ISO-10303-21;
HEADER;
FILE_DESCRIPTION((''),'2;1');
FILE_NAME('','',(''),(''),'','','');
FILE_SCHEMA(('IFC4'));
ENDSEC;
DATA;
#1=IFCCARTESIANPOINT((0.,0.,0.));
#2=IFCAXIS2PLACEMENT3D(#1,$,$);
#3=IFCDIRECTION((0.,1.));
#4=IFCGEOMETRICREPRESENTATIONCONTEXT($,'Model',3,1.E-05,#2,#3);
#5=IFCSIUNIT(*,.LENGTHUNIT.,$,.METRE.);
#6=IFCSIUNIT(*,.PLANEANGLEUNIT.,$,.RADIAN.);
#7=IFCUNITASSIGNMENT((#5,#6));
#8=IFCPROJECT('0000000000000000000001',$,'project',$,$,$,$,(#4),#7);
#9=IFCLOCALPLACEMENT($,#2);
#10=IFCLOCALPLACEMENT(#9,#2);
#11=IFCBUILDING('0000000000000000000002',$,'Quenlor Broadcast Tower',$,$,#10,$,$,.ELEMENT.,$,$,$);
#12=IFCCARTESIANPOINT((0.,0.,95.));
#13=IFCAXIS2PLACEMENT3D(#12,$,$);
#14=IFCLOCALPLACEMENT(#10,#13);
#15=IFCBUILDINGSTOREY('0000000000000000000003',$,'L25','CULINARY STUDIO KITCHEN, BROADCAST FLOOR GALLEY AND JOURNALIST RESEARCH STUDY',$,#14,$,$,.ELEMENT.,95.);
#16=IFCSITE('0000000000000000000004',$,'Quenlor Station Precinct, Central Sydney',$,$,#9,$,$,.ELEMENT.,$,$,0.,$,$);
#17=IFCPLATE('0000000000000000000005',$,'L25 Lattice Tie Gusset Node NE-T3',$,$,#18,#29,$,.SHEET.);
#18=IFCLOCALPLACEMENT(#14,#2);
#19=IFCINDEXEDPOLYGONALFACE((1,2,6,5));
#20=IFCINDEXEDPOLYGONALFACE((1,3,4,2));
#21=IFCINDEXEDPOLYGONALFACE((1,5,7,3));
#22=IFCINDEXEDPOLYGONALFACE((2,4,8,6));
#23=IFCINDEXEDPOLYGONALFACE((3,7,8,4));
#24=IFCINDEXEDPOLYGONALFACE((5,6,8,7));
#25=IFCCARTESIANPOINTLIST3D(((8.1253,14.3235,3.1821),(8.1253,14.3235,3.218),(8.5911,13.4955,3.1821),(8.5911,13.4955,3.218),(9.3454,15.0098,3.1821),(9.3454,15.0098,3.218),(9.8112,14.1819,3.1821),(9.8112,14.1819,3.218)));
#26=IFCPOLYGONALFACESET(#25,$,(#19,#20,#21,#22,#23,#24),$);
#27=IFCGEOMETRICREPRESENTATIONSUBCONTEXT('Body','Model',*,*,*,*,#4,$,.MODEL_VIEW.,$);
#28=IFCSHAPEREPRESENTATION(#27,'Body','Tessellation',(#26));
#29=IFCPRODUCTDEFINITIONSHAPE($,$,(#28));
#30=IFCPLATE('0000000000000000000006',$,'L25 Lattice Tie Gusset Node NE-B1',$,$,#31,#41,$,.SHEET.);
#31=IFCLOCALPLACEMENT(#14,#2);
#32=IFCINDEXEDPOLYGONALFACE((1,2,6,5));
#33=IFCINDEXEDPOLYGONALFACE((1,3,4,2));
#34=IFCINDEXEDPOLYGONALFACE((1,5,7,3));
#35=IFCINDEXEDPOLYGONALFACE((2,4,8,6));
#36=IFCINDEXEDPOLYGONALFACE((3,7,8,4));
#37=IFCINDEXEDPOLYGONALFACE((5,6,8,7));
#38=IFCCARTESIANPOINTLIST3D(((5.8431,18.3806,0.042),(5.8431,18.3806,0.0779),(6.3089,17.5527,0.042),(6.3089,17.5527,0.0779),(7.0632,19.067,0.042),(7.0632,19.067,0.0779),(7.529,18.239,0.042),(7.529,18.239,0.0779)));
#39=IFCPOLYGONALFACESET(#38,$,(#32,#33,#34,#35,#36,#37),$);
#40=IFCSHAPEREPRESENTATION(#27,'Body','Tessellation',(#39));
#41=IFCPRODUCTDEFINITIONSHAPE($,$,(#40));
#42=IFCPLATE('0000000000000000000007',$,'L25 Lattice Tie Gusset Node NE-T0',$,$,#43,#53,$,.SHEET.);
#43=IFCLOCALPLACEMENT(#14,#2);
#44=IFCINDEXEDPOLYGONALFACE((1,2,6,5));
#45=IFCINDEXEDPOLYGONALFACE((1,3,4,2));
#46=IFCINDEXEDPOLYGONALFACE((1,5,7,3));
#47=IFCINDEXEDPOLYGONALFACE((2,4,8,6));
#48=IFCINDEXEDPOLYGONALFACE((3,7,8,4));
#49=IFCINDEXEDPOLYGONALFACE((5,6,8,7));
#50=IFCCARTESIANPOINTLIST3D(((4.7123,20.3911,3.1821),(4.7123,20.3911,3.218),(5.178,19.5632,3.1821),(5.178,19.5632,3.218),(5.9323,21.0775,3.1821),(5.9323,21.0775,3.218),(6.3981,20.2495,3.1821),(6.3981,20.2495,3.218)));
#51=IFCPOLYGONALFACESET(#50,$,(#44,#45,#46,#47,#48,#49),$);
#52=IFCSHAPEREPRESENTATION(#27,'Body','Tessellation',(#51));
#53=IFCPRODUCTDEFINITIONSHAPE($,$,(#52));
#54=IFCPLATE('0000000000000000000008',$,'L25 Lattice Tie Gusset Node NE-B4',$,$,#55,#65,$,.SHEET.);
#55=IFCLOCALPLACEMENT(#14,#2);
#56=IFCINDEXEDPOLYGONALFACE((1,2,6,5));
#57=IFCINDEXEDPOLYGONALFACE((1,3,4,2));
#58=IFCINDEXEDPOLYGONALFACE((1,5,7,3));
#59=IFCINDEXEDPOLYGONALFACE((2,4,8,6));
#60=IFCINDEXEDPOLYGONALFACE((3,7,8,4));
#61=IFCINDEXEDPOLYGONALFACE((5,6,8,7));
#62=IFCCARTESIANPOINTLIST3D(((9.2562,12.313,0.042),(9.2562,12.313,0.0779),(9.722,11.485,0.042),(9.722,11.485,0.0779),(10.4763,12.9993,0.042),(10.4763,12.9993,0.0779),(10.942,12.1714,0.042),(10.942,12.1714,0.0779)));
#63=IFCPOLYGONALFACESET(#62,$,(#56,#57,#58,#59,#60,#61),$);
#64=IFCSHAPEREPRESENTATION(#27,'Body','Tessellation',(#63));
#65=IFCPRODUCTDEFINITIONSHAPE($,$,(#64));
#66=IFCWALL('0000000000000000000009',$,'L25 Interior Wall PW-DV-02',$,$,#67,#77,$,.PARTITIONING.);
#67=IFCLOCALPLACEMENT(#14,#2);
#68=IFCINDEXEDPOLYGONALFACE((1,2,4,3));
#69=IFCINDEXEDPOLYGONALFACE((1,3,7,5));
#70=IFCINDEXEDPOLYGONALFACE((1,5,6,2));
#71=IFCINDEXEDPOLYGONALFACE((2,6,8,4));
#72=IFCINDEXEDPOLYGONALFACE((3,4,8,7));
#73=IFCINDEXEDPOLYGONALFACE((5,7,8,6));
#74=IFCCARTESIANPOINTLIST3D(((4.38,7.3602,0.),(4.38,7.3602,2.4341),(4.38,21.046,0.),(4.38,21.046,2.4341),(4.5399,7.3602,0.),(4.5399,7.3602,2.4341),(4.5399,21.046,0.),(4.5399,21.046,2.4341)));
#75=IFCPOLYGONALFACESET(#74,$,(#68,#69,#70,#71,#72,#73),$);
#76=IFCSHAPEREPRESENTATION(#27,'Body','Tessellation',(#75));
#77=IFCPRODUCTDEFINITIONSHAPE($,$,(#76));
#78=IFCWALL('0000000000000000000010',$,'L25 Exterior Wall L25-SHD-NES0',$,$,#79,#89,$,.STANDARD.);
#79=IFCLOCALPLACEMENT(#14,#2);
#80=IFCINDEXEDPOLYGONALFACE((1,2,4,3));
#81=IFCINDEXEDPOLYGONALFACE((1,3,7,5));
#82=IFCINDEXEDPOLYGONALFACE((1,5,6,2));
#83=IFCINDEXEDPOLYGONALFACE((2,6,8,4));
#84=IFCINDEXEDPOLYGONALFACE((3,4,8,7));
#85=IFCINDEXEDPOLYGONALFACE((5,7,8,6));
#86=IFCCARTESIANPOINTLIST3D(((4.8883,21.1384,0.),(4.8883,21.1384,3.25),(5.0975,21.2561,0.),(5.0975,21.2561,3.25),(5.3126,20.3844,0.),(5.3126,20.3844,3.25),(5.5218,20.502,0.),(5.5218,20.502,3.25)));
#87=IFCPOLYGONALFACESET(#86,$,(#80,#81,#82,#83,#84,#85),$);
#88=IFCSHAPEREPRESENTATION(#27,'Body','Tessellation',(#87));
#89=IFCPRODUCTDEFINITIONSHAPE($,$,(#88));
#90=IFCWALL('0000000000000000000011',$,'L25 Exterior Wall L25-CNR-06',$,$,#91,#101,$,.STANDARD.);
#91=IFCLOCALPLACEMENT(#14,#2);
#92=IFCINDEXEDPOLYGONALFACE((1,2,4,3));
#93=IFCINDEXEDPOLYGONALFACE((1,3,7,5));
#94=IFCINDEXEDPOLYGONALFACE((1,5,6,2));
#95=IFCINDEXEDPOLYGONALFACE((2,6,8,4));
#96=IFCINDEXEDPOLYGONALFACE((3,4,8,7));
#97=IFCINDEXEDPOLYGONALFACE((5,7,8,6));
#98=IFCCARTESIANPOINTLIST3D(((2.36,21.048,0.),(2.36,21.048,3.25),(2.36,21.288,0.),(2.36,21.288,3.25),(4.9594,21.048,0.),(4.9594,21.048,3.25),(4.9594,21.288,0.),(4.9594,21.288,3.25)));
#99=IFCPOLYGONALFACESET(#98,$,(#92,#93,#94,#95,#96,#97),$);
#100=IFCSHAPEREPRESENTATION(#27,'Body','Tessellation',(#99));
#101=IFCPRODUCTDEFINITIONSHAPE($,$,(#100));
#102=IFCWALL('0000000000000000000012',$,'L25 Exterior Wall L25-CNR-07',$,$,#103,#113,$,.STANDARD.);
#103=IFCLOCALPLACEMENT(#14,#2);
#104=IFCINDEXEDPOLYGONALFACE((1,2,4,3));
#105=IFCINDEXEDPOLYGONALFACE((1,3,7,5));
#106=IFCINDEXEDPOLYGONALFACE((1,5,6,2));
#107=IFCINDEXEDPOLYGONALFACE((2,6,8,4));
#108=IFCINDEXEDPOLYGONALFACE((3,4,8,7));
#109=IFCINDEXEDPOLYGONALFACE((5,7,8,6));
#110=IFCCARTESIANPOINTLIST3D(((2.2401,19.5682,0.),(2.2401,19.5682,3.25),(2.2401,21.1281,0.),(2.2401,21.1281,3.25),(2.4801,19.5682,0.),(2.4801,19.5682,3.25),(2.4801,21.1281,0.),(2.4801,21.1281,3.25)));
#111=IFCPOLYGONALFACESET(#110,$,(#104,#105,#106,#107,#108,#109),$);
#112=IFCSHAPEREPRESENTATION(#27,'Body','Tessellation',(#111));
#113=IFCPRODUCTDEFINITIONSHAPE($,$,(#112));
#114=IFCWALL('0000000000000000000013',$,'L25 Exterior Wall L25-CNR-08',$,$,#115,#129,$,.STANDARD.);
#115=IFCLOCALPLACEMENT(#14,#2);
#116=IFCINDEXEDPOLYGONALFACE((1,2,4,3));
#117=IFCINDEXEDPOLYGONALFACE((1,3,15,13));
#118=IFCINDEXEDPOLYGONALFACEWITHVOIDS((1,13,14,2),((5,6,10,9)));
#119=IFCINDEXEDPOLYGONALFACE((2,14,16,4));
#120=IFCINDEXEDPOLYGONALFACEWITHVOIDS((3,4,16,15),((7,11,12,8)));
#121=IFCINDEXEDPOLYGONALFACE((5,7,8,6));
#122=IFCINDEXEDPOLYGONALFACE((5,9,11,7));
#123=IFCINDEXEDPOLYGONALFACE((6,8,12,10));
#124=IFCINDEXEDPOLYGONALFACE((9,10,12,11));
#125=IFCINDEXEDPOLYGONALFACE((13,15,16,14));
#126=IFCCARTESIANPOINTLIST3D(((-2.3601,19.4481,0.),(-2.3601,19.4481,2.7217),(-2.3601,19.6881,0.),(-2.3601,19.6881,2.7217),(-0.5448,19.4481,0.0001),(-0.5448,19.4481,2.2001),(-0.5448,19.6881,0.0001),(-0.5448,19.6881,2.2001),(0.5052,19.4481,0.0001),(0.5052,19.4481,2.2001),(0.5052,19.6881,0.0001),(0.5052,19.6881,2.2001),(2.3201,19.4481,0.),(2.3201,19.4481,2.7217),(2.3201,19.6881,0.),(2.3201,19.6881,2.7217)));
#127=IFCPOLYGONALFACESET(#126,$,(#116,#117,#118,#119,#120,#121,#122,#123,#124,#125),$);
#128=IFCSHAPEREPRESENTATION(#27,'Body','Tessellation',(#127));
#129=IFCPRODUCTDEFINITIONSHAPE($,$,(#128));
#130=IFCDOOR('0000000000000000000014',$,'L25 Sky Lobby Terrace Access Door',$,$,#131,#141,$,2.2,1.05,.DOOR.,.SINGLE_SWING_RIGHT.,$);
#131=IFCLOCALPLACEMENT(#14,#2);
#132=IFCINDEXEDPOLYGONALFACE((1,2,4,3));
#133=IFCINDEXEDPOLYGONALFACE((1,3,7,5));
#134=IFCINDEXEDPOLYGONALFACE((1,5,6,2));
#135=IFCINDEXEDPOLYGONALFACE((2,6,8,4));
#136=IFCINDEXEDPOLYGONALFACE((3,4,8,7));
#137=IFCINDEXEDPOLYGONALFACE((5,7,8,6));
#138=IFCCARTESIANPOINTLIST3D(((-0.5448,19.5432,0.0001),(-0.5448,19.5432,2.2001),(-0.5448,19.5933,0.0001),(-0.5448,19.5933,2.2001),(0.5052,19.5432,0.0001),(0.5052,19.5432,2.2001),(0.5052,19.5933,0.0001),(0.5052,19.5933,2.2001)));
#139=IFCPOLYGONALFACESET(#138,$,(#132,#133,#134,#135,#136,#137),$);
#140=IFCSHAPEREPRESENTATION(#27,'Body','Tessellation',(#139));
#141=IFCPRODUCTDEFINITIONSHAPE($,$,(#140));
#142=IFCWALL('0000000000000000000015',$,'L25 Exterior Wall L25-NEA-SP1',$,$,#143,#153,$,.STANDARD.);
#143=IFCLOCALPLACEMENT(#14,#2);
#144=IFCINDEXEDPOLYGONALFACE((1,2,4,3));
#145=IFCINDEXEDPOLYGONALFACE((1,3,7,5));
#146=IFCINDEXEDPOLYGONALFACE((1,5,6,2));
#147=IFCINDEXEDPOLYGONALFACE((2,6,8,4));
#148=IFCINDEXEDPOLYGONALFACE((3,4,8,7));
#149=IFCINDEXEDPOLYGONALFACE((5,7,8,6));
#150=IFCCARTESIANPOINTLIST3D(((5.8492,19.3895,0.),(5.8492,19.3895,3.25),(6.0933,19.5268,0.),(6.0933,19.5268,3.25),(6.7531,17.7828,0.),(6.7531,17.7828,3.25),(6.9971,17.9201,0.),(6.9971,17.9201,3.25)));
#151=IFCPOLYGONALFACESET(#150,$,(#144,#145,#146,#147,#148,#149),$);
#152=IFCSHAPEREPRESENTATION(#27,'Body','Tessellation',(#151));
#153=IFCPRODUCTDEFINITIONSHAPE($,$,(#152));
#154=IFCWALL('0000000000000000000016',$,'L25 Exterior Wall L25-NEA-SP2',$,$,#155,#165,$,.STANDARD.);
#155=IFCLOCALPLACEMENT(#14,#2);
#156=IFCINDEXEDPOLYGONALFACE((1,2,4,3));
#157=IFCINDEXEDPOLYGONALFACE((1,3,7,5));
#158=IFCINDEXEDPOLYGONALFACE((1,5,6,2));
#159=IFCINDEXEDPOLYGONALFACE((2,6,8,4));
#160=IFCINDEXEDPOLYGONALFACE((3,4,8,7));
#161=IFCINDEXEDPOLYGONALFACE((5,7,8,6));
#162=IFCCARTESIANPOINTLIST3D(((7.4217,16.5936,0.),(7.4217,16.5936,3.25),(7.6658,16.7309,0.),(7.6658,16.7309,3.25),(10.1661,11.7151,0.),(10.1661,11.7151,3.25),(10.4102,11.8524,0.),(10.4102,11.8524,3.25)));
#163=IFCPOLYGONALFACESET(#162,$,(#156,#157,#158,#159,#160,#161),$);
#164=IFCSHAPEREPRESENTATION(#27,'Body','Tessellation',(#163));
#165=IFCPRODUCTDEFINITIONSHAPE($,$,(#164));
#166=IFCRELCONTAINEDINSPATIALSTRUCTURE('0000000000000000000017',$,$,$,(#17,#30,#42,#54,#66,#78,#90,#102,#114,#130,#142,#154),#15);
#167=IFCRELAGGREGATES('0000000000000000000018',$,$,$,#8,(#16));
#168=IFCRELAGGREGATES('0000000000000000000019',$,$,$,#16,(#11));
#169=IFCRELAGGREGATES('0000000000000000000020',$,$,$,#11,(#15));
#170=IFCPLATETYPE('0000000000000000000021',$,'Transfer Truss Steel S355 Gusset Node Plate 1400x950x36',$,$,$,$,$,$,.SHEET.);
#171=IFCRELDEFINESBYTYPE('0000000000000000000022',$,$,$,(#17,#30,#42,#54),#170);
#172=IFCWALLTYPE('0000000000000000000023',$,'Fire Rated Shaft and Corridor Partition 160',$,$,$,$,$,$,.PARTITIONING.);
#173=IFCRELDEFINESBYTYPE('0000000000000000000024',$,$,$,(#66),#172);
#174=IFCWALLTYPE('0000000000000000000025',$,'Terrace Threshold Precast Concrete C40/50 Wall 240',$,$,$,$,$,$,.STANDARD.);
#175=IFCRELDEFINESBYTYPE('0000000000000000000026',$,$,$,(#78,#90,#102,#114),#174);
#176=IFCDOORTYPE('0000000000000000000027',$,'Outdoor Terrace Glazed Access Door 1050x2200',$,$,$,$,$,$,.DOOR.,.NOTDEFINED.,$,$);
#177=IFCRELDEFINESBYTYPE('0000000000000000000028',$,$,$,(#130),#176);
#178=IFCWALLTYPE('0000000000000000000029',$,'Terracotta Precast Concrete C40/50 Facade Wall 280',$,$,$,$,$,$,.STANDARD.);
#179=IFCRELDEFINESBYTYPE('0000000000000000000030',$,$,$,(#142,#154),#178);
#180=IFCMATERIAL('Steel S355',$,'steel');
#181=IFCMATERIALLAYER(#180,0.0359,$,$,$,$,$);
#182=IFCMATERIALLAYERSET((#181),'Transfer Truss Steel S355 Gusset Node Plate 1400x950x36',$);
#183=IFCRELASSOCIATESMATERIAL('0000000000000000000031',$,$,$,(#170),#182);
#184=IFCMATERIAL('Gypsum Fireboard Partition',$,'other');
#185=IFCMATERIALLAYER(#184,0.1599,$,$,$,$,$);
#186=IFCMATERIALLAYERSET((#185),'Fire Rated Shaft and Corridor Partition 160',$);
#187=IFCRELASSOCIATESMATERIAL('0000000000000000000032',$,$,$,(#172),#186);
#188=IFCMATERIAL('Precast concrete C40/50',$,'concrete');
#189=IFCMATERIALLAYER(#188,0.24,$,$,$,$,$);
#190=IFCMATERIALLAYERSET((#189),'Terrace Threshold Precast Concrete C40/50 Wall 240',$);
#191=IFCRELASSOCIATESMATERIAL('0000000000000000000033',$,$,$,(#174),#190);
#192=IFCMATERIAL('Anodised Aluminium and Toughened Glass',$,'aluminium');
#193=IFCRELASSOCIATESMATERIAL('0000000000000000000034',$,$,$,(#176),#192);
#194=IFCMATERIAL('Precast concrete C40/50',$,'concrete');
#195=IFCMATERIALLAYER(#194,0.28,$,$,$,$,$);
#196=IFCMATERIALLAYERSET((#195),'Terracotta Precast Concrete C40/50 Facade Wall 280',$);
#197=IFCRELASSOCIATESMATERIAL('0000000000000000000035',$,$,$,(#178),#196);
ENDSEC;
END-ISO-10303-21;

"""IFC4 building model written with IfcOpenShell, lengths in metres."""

from ifc_helpers import new_model, si_unit, direction, frame, frame_2d, origin, origin_2d, place, context, subcontext, project, spatial, rectangle, extrude, material, layer, layer_set, type_object, element, fill, save


model = new_model("IFC4")

# Units and contexts
model_context = context("Model", 3, precision=1e-05, world=origin(), true_north=direction((0.0, 1.0)))
body_context = subcontext(model_context, "Body", "Model", "MODEL_VIEW")
ifc_project = project(units=[si_unit("LENGTHUNIT", "METRE"), si_unit("PLANEANGLEUNIT", "RADIAN")], contexts=[model_context])

# Site, building, storey
site_placement = place(None, origin())
site = spatial("IfcSite", under=ifc_project, at=site_placement, Name="Quenlor Station Precinct, Central Sydney", CompositionType="ELEMENT", RefElevation=0.0)
building_placement = place(site_placement, origin())
building = spatial("IfcBuilding", under=site, at=building_placement, Name="Quenlor Broadcast Tower", CompositionType="ELEMENT")
storey_placement = place(building_placement, frame((0.0, 0.0, 95.0)))
storey = spatial("IfcBuildingStorey", under=building, at=storey_placement, Name="L25", Description="CULINARY STUDIO KITCHEN, BROADCAST FLOOR GALLEY AND JOURNALIST RESEARCH STUDY", CompositionType="ELEMENT", Elevation=95.0)

# Plates
ifc_material_1 = material(Name="Steel S355", Category="steel")
ifc_layer_1 = layer(ifc_material_1, 0.0359)
ifc_layer_set_1 = layer_set([ifc_layer_1], Name="Transfer Truss Steel S355 Gusset Node Plate 1400x950x36")
plate_type_1 = type_object("IfcPlateType", Name="Transfer Truss Steel S355 Gusset Node Plate 1400x950x36", PredefinedType="SHEET", material=ifc_layer_set_1)
for number, where, z_axis, x_axis, name in (
    (1, (8.9683, 14.2527, 3.1821), (0.0, 0.0, 1.0), (0.871556, 0.490295, 0.0), "L25 Lattice Tie Gusset Node NE-T3"),
    (2, (6.686, 18.3098, 0.042), (0.0, 0.0, 1.0), (0.871556, 0.490295, 0.0), "L25 Lattice Tie Gusset Node NE-B1"),
    (3, (5.5552, 20.3203, 3.1821), (0.0, 0.0, 1.0), (0.871556, 0.490295, 0.0), "L25 Lattice Tie Gusset Node NE-T0"),
    (4, (10.0991, 12.2422, 0.042), (0.0, 0.0, 1.0), (0.871556, 0.490295, 0.0), "L25 Lattice Tie Gusset Node NE-B4"),
):
    element("IfcPlate", number, at=place(storey_placement, frame(where, z_axis=z_axis, x_axis=x_axis)), inside=storey, type_object=plate_type_1, Name=name, PredefinedType="SHEET", context=body_context, shape_type="SweptSolid", body=[
        extrude(rectangle(XDim=1.3999, YDim=0.95, at=origin_2d()), origin(), (0.0, 0.0, 1.0), 0.0359),
    ])

# Walls
ifc_material_2 = material(Name="Gypsum Fireboard Partition", Category="other")
ifc_layer_2 = layer(ifc_material_2, 0.1599)
ifc_layer_set_2 = layer_set([ifc_layer_2], Name="Fire Rated Shaft and Corridor Partition 160")
wall_type_1 = type_object("IfcWallType", Name="Fire Rated Shaft and Corridor Partition 160", PredefinedType="PARTITIONING", material=ifc_layer_set_2)
wall_1_placement = place(storey_placement, frame((4.46, 21.0459, 0.0), z_axis=(0.0, 0.0, 1.0), x_axis=(0.0, -1.0, 0.0)))
element("IfcWall", 5, at=wall_1_placement, inside=storey, type_object=wall_type_1, Name="L25 Interior Wall PW-DV-02", PredefinedType="PARTITIONING", context=body_context, shape_type="SweptSolid", body=[
    extrude(rectangle(XDim=13.6858, YDim=0.1599, at=frame_2d((6.8428, 0.0))), origin(), (0.0, 0.0, 1.0), 2.4341),
])
ifc_material_3 = material(Name="Precast concrete C40/50", Category="concrete")
ifc_layer_3 = layer(ifc_material_3, 0.24)
ifc_layer_set_3 = layer_set([ifc_layer_3], Name="Terrace Threshold Precast Concrete C40/50 Wall 240")
wall_type_2 = type_object("IfcWallType", Name="Terrace Threshold Precast Concrete C40/50 Wall 240", PredefinedType="STANDARD", material=ifc_layer_set_3)
wall_2_placement = place(storey_placement, frame((4.9929, 21.1973, 0.0), z_axis=(0.0, 0.0, 1.0), x_axis=(0.490355, -0.871523, 0.0)))
element("IfcWall", 6, at=wall_2_placement, inside=storey, type_object=wall_type_2, Name="L25 Exterior Wall L25-SHD-NES0", PredefinedType="STANDARD", context=body_context, shape_type="SweptSolid", body=[
    extrude(rectangle(XDim=0.8652, YDim=0.24, at=frame_2d((0.4326, 0.0))), origin(), (0.0, 0.0, 1.0), 3.25),
])
wall_3_placement = place(storey_placement, frame((4.9595, 21.168, 0.0), z_axis=(0.0, 0.0, 1.0), x_axis=(-1.0, 0.0, 0.0)))
element("IfcWall", 7, at=wall_3_placement, inside=storey, type_object=wall_type_2, Name="L25 Exterior Wall L25-CNR-06", PredefinedType="STANDARD", context=body_context, shape_type="SweptSolid", body=[
    extrude(rectangle(XDim=2.5994, YDim=0.24, at=frame_2d((1.2998, 0.0))), origin(), (0.0, 0.0, 1.0), 3.25),
])
wall_4_placement = place(storey_placement, frame((2.3601, 21.1279, 0.0), z_axis=(0.0, 0.0, 1.0), x_axis=(0.0, -1.0, 0.0)))
element("IfcWall", 8, at=wall_4_placement, inside=storey, type_object=wall_type_2, Name="L25 Exterior Wall L25-CNR-07", PredefinedType="STANDARD", context=body_context, shape_type="SweptSolid", body=[
    extrude(rectangle(XDim=1.5598, YDim=0.24, at=frame_2d((0.7798, 0.0))), origin(), (0.0, 0.0, 1.0), 3.25),
])

# Wall, opening, door
wall_5_placement = place(storey_placement, frame((2.3201, 19.5681, 0.0), z_axis=(0.0, 0.0, 1.0), x_axis=(-1.0, 0.0, 0.0)))
wall_5 = element("IfcWall", 9, at=wall_5_placement, inside=storey, type_object=wall_type_2, Name="L25 Exterior Wall L25-CNR-08", PredefinedType="STANDARD", context=body_context, shape_type="SweptSolid", body=[
    extrude(rectangle(XDim=4.6802, YDim=0.24, at=frame_2d((2.3401, 0.0))), origin(), (0.0, 0.0, 1.0), 2.7217),
])
opening_placement = place(wall_5_placement, frame((1.8149, 0.0, 0.0)))
opening = element("IfcOpeningElement", 10, at=opening_placement, cuts=wall_5, PredefinedType="OPENING", context=body_context, shape_type="SweptSolid", body=[
    extrude(rectangle(XDim=1.05, YDim=2.2, at=frame_2d((0.5249, 1.1001))), frame((0.0, 0.1299, 0.0), z_axis=(0.0, -1.0, 0.0), x_axis=(1.0, 0.0, 0.0)), (0.0, 0.0, 1.0), 0.26),
])
ifc_material_4 = material(Name="Anodised Aluminium and Toughened Glass", Category="aluminium")
door_type = type_object("IfcDoorType", Name="Outdoor Terrace Glazed Access Door 1050x2200", OperationType="NOTDEFINED", PredefinedType="DOOR", material=ifc_material_4)
door_placement = place(opening_placement, origin())
door = element("IfcDoor", 11, at=door_placement, inside=storey, type_object=door_type, Name="L25 Sky Lobby Terrace Access Door", OperationType="SINGLE_SWING_RIGHT", OverallHeight=2.2, OverallWidth=1.05, PredefinedType="DOOR", context=body_context, shape_type="SweptSolid", body=[
    extrude(rectangle(XDim=1.05, YDim=2.2, at=frame_2d((0.5249, 1.1001))), frame((0.0, 0.0249, 0.0), z_axis=(0.0, -1.0, 0.0), x_axis=(1.0, 0.0, 0.0)), (0.0, 0.0, 1.0), 0.05),
])
fill(opening, door)

# Walls
ifc_material_5 = material(Name="Precast concrete C40/50", Category="concrete")
ifc_layer_4 = layer(ifc_material_5, 0.28)
ifc_layer_set_4 = layer_set([ifc_layer_4], Name="Terracotta Precast Concrete C40/50 Facade Wall 280")
wall_type_3 = type_object("IfcWallType", Name="Terracotta Precast Concrete C40/50 Facade Wall 280", PredefinedType="STANDARD", material=ifc_layer_set_4)
wall_6_placement = place(storey_placement, frame((5.9712, 19.4583, 0.0), z_axis=(0.0, 0.0, 1.0), x_axis=(0.49028, -0.871565, 0.0)))
element("IfcWall", 12, at=wall_6_placement, inside=storey, type_object=wall_type_3, Name="L25 Exterior Wall L25-NEA-SP1", PredefinedType="STANDARD", context=body_context, shape_type="SweptSolid", body=[
    extrude(rectangle(XDim=1.8435, YDim=0.28, at=frame_2d((0.9219, 0.0))), origin(), (0.0, 0.0, 1.0), 3.25),
])
wall_7_placement = place(storey_placement, frame((7.5437, 16.6624, 0.0), z_axis=(0.0, 0.0, 1.0), x_axis=(0.490299, -0.871555, 0.0)))
element("IfcWall", 13, at=wall_7_placement, inside=storey, type_object=wall_type_3, Name="L25 Exterior Wall L25-NEA-SP2", PredefinedType="STANDARD", context=body_context, shape_type="SweptSolid", body=[
    extrude(rectangle(XDim=5.5974, YDim=0.28, at=frame_2d((2.7988, 0.0))), origin(), (0.0, 0.0, 1.0), 3.25),
])

save(model, "model.ifc")
